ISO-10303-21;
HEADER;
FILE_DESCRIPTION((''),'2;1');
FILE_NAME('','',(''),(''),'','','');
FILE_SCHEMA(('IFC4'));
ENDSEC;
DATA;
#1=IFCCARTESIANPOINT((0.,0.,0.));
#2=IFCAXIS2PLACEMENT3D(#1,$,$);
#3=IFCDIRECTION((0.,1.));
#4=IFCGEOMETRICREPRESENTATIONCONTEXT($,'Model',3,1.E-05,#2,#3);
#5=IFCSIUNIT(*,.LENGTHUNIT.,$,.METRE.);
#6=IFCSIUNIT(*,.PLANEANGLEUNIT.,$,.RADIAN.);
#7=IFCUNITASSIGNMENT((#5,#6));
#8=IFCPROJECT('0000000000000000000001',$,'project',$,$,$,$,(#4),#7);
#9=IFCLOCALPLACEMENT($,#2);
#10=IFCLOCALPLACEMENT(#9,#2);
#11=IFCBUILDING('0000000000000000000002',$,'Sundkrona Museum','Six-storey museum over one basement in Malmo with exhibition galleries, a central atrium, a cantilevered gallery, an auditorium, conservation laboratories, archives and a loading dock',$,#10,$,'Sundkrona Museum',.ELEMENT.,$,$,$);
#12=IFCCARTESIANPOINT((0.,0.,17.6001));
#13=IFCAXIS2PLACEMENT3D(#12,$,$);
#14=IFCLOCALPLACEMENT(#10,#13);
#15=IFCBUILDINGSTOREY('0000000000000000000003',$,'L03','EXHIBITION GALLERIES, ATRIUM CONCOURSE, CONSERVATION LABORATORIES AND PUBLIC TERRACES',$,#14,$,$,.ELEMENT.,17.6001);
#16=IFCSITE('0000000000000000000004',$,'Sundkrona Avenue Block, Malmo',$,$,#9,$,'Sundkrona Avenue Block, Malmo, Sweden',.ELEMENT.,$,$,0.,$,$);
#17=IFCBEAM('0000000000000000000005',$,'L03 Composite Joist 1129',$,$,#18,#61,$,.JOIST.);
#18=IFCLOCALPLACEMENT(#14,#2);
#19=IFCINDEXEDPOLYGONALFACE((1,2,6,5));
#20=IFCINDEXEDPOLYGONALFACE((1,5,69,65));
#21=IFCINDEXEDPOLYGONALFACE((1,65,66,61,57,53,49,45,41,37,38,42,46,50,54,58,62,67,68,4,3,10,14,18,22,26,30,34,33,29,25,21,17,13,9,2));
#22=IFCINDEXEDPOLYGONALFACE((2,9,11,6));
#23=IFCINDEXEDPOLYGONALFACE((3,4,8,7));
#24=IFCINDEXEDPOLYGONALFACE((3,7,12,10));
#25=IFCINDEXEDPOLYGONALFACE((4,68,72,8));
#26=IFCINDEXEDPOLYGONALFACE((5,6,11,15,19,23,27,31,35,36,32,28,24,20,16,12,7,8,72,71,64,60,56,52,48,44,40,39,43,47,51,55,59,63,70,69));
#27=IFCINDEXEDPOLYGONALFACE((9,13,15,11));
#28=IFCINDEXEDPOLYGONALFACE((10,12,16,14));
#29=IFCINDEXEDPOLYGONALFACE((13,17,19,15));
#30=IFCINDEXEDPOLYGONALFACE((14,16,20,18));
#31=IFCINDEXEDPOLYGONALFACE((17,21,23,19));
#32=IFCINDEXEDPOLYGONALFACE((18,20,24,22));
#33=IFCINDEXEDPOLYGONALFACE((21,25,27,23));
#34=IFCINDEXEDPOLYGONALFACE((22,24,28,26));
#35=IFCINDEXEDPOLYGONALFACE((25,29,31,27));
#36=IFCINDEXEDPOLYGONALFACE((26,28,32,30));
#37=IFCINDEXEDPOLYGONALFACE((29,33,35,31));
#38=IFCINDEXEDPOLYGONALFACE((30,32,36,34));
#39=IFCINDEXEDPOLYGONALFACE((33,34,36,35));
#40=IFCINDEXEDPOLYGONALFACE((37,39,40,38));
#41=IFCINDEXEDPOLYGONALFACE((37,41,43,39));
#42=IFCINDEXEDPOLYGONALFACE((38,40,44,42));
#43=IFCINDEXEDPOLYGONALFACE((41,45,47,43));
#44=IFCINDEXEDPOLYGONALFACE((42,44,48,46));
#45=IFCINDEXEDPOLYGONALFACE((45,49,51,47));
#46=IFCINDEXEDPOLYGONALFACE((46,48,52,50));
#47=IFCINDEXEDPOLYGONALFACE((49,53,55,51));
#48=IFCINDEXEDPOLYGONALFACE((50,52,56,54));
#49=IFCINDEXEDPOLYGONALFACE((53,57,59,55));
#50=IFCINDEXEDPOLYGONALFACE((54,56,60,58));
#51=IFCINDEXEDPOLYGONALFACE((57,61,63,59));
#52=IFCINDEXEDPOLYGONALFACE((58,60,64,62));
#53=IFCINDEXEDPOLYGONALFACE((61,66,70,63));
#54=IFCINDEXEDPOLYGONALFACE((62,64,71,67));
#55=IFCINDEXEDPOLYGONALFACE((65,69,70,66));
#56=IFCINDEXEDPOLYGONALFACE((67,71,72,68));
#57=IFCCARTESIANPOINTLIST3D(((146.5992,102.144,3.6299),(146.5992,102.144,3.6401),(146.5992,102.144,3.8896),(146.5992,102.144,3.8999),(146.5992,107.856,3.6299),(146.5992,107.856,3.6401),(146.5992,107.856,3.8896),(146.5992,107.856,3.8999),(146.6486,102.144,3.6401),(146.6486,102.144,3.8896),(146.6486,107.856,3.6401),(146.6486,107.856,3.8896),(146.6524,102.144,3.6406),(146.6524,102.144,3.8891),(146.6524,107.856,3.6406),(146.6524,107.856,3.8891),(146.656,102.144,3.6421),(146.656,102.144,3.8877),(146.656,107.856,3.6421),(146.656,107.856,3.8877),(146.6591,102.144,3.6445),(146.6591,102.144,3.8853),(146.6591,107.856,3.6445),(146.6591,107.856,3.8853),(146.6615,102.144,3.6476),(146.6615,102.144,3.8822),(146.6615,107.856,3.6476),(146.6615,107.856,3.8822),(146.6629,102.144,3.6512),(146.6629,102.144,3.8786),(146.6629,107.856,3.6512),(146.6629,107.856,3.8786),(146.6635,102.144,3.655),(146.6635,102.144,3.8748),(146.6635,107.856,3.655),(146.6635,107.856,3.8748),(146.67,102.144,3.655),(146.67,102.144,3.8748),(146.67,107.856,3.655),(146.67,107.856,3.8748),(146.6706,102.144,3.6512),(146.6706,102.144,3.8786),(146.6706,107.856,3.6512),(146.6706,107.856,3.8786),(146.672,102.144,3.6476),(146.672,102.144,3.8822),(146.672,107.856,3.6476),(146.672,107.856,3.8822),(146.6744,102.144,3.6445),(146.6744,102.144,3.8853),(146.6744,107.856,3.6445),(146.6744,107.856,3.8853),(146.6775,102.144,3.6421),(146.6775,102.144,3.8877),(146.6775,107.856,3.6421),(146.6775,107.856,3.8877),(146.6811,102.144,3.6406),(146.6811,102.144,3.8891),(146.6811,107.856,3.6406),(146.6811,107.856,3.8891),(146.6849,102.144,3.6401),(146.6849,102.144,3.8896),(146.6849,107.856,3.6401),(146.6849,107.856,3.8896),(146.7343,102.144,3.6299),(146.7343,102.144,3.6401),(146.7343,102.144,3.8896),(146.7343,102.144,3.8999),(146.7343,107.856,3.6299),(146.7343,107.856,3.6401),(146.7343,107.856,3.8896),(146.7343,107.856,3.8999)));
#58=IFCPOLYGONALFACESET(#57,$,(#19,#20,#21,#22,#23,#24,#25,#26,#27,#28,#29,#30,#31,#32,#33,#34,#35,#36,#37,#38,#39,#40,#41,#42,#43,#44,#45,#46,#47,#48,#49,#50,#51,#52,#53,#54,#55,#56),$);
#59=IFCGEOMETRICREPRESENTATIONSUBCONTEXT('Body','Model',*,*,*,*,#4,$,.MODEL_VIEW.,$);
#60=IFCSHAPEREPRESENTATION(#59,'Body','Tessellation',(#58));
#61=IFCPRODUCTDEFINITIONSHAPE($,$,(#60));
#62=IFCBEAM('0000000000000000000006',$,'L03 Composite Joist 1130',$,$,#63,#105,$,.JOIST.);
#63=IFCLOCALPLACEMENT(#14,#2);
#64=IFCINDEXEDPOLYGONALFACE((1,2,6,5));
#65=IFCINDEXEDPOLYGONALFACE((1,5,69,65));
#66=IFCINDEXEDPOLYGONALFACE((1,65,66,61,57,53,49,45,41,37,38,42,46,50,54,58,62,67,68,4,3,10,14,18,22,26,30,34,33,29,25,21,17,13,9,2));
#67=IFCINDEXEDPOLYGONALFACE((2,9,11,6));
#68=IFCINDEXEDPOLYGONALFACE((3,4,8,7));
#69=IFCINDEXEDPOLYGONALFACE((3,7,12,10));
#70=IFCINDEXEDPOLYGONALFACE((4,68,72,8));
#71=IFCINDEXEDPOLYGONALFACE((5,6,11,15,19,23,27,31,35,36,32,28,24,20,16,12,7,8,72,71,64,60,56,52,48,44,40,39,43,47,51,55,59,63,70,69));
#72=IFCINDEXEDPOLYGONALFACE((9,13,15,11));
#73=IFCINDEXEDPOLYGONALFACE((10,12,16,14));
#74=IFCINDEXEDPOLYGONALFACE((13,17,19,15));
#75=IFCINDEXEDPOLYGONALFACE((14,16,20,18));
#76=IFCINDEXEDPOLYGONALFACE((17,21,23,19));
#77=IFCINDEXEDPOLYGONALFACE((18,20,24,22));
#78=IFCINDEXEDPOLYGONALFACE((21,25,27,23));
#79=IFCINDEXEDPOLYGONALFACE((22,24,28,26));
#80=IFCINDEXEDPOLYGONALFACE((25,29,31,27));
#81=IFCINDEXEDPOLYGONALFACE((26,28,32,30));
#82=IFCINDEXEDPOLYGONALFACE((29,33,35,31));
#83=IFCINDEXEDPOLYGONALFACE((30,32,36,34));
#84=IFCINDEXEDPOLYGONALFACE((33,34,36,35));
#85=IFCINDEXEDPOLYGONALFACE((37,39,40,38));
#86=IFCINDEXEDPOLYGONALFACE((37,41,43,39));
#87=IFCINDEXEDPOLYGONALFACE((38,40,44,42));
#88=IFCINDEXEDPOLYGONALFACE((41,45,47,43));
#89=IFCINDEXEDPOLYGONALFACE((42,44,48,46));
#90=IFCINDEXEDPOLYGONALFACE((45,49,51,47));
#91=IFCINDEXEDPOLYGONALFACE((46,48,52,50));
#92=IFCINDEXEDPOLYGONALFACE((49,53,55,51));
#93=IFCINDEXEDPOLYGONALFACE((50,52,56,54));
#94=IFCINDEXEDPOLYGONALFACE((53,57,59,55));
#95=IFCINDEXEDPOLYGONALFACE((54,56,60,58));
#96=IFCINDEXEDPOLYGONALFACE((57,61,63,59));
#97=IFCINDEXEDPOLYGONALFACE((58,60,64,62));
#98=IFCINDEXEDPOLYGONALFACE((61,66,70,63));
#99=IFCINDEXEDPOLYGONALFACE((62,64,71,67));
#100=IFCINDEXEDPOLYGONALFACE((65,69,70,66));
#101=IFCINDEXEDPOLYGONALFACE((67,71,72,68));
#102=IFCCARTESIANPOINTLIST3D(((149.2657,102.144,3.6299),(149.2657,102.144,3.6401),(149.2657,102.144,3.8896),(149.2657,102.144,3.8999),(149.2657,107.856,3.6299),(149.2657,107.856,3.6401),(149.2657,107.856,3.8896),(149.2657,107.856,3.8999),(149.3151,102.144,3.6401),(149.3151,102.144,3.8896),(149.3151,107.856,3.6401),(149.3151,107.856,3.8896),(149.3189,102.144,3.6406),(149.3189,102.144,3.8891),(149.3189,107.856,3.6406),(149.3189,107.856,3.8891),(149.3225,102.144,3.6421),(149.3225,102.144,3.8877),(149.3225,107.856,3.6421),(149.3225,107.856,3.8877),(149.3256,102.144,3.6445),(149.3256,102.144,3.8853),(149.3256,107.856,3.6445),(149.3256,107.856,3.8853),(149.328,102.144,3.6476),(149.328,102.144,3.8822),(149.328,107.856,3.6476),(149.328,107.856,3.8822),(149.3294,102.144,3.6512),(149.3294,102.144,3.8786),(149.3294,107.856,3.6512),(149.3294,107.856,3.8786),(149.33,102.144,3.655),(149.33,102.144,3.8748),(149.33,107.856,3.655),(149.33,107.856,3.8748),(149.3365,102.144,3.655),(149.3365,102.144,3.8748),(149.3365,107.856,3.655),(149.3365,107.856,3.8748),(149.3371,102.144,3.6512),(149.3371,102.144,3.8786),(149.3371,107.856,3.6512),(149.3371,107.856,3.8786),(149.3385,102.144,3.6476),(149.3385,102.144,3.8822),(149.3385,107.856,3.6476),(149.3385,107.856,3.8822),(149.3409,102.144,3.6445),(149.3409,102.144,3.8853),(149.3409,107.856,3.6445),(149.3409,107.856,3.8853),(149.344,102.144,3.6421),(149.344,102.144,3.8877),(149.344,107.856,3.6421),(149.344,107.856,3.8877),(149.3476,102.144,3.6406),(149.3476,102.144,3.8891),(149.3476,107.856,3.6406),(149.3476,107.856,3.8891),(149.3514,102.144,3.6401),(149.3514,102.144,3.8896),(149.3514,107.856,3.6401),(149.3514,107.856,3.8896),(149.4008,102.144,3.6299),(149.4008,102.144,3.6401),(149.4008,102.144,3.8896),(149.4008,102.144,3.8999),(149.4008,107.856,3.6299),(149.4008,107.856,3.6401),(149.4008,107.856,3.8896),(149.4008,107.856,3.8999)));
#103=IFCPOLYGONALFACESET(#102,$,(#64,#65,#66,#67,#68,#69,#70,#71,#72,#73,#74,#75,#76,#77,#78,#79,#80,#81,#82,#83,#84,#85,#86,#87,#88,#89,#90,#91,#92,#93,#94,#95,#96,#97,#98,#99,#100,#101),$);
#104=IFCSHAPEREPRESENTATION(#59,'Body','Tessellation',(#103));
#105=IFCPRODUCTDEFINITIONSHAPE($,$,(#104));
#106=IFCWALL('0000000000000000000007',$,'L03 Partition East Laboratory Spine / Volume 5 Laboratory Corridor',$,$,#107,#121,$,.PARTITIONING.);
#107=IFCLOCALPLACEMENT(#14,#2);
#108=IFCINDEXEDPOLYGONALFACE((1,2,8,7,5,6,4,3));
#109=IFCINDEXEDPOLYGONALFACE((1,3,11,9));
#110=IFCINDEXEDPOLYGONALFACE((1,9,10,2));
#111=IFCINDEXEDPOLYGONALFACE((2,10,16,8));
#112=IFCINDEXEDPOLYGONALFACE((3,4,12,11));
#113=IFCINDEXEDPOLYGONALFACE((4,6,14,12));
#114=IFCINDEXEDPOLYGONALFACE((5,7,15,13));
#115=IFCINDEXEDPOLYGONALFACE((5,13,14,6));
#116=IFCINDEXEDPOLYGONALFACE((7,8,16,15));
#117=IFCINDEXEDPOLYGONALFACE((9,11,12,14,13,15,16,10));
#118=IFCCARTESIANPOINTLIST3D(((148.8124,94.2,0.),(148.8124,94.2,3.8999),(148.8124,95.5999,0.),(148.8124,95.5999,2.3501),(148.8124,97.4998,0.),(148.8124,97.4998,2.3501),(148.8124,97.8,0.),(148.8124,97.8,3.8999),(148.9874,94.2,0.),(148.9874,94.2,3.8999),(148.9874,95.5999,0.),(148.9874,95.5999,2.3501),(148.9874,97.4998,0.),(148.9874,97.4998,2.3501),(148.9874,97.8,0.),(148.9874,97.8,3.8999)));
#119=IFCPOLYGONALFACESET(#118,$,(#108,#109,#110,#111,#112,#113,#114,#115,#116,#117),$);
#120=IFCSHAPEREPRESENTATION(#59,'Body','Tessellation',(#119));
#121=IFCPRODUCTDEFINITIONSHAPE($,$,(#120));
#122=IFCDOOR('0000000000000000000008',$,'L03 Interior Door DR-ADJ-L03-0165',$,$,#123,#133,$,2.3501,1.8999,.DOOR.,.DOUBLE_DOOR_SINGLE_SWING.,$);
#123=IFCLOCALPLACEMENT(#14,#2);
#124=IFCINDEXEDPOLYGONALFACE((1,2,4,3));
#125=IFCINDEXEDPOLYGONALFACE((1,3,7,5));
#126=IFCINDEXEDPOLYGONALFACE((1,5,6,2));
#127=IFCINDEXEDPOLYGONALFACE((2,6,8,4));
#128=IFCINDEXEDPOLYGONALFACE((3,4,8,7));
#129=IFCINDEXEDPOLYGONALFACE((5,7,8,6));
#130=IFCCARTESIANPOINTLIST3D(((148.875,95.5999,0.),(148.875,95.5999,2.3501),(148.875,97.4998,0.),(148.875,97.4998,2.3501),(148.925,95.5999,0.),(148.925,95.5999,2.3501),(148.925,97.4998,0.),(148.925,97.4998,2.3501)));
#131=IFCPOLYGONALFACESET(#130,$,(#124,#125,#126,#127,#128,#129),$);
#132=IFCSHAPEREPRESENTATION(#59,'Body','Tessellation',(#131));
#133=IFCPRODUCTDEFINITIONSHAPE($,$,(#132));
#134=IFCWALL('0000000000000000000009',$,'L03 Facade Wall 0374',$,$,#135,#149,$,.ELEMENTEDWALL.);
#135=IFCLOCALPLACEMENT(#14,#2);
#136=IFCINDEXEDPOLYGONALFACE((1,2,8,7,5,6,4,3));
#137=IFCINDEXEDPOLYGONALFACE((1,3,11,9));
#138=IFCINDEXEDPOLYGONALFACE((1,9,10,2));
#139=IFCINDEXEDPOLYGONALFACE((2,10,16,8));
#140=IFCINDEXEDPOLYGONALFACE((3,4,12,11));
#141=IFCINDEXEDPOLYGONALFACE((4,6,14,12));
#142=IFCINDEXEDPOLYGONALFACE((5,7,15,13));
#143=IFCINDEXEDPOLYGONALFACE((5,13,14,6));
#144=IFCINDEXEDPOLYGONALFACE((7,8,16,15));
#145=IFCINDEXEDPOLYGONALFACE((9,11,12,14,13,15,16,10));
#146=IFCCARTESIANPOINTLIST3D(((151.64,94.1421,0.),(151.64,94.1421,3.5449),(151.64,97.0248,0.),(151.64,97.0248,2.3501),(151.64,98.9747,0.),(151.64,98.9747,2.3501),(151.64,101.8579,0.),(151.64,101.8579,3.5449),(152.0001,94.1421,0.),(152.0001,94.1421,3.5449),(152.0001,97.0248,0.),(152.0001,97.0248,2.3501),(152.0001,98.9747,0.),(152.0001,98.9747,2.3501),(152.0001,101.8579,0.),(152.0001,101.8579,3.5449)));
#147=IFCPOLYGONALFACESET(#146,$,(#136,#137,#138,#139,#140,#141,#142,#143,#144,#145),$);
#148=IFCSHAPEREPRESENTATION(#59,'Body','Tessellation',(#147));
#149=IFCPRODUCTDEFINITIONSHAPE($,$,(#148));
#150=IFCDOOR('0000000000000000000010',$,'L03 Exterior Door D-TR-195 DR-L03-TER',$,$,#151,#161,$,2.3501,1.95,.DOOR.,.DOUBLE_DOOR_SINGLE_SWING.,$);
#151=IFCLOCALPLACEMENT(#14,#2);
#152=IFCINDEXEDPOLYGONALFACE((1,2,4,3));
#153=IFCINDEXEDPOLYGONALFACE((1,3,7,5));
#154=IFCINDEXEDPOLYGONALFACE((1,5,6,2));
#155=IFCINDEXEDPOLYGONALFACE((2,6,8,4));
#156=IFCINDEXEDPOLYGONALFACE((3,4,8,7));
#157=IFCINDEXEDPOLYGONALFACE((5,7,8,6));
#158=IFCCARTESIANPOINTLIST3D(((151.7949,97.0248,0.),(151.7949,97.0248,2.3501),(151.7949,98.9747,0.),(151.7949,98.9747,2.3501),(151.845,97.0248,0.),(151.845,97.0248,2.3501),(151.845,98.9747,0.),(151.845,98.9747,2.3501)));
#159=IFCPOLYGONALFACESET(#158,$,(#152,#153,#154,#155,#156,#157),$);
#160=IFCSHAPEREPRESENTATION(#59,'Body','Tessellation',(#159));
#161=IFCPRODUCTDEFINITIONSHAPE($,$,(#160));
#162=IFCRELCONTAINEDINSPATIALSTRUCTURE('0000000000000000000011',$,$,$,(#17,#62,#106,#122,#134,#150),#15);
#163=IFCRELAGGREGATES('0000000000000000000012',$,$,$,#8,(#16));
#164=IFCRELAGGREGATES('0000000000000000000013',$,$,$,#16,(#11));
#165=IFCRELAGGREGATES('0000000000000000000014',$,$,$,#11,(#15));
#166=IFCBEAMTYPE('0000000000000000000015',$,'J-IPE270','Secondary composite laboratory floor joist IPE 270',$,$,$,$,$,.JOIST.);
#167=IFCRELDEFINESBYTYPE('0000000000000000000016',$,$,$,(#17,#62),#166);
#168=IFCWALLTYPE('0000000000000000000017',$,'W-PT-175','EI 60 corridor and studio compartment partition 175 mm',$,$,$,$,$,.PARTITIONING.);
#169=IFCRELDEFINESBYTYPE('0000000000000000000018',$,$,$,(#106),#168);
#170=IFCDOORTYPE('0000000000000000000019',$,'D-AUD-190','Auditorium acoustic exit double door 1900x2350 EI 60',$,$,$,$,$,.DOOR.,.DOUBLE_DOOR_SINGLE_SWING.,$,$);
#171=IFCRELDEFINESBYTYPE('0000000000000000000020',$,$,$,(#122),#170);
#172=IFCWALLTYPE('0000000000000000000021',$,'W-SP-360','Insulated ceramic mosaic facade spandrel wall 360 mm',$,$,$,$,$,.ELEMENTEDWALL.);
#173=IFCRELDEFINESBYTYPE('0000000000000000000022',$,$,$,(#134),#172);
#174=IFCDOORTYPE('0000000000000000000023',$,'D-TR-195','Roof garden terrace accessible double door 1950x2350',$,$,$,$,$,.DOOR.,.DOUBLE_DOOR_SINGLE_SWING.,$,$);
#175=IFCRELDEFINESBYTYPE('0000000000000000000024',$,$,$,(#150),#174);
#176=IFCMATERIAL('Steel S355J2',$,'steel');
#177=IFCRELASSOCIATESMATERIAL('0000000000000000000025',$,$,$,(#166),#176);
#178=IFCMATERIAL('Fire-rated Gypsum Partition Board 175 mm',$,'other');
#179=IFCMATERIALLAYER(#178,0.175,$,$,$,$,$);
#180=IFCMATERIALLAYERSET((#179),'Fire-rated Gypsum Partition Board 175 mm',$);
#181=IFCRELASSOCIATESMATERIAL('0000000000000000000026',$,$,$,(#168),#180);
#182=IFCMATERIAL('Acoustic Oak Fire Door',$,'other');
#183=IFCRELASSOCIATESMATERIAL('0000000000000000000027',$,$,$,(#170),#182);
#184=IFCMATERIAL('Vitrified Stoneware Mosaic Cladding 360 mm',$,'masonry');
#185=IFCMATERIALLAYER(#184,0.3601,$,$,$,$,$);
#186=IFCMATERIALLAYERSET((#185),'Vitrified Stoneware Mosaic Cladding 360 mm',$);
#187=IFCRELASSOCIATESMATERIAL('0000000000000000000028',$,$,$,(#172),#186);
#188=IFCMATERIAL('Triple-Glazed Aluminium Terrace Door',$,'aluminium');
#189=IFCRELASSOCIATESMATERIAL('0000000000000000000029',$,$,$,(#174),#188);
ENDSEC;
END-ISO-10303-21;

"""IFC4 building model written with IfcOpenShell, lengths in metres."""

from ifc_helpers import new_model, si_unit, direction, frame, frame_2d, origin, origin_2d, place, context, subcontext, project, spatial, rectangle, i_section, extrude, material, layer, layer_set, material_profile, profile_set, type_object, element, fill, save


model = new_model("IFC4")

# Units and contexts
model_context = context("Model", 3, precision=1e-05, world=origin(), true_north=direction((0.0, 1.0)))
body_context = subcontext(model_context, "Body", "Model", "MODEL_VIEW")
ifc_project = project(units=[si_unit("LENGTHUNIT", "METRE"), si_unit("PLANEANGLEUNIT", "RADIAN")], contexts=[model_context])

# Site, building, storey
site_placement = place(None, origin())
site = spatial("IfcSite", under=ifc_project, at=site_placement, Name="Sundkrona Avenue Block, Malmo", LongName="Sundkrona Avenue Block, Malmo, Sweden", CompositionType="ELEMENT", RefElevation=0.0)
building_placement = place(site_placement, origin())
building = spatial("IfcBuilding", under=site, at=building_placement, Name="Sundkrona Museum", Description="Six-storey museum over one basement in Malmo with exhibition galleries, a central atrium, a cantilevered gallery, an auditorium, conservation laboratories, archives and a loading dock", LongName="Sundkrona Museum", CompositionType="ELEMENT")
storey_placement = place(building_placement, frame((0.0, 0.0, 17.6001)))
storey = spatial("IfcBuildingStorey", under=building, at=storey_placement, Name="L03", Description="EXHIBITION GALLERIES, ATRIUM CONCOURSE, CONSERVATION LABORATORIES AND PUBLIC TERRACES", CompositionType="ELEMENT", Elevation=17.6001)

# Shared definitions
ifc_material_1 = material(Name="Steel S355J2", Category="steel")

# Beams
ifc_material_profile_1 = material_profile(ifc_material_1, i_section(OverallWidth=0.135, OverallDepth=0.27, WebThickness=0.0066, FlangeThickness=0.0103, FilletRadius=0.0149, at=origin_2d()), Name="IPE 270")
ifc_profile_set_1 = profile_set([ifc_material_profile_1], Name="Steel S355J2")
beam_type_1 = type_object("IfcBeamType", Name="J-IPE270", Description="Secondary composite laboratory floor joist IPE 270", PredefinedType="JOIST", material=ifc_profile_set_1)
for number, where, z_axis, x_axis, name in (
    (1, (146.6667, 102.144, 3.7649), (0.0, 1.0, 0.0), (-1.0, 0.0, 0.0), "L03 Composite Joist 1129"),
    (2, (149.3333, 102.144, 3.7649), (0.0, 1.0, 0.0), (-1.0, 0.0, 0.0), "L03 Composite Joist 1130"),
):
    element("IfcBeam", number, at=place(storey_placement, frame(where, z_axis=z_axis, x_axis=x_axis)), inside=storey, type_object=beam_type_1, Name=name, PredefinedType="JOIST", context=body_context, shape_type="SweptSolid", body=[
        extrude(i_section(OverallWidth=0.135, OverallDepth=0.27, WebThickness=0.0066, FlangeThickness=0.0103, FilletRadius=0.0149, at=origin_2d()), origin(), (0.0, 0.0, 1.0), 5.7119),
    ])

# Walls, openings, doors
ifc_material_2 = material(Name="Fire-rated Gypsum Partition Board 175 mm", Category="other")
ifc_layer_1 = layer(ifc_material_2, 0.175)
ifc_layer_set_1 = layer_set([ifc_layer_1], Name="Fire-rated Gypsum Partition Board 175 mm")
wall_type_1 = type_object("IfcWallType", Name="W-PT-175", Description="EI 60 corridor and studio compartment partition 175 mm", PredefinedType="PARTITIONING", material=ifc_layer_set_1)
wall_1_placement = place(storey_placement, frame((148.8999, 94.2, 0.0), z_axis=(0.0, 0.0, 1.0), x_axis=(0.0, 1.0, 0.0)))
wall_1 = element("IfcWall", 3, at=wall_1_placement, inside=storey, type_object=wall_type_1, Name="L03 Partition East Laboratory Spine / Volume 5 Laboratory Corridor", PredefinedType="PARTITIONING", context=body_context, shape_type="SweptSolid", body=[
    extrude(rectangle(XDim=3.6001, YDim=0.175, at=frame_2d((1.8, 0.0))), origin(), (0.0, 0.0, 1.0), 3.8999),
])
opening_1_placement = place(wall_1_placement, frame((1.3999, 0.0, 0.0)))
opening_1 = element("IfcOpeningElement", 4, at=opening_1_placement, cuts=wall_1, PredefinedType="OPENING", context=body_context, shape_type="SweptSolid", body=[
    extrude(rectangle(XDim=1.8999, YDim=2.3501, at=frame_2d((0.95, 1.175))), frame((0.0, 0.0974, 0.0), z_axis=(0.0, -1.0, 0.0), x_axis=(1.0, 0.0, 0.0)), (0.0, 0.0, 1.0), 0.1951),
])
ifc_material_3 = material(Name="Acoustic Oak Fire Door", Category="other")
door_type_1 = type_object("IfcDoorType", Name="D-AUD-190", Description="Auditorium acoustic exit double door 1900x2350 EI 60", OperationType="DOUBLE_DOOR_SINGLE_SWING", PredefinedType="DOOR", material=ifc_material_3)
door_1_placement = place(opening_1_placement, origin())
door_1 = element("IfcDoor", 5, at=door_1_placement, inside=storey, type_object=door_type_1, Name="L03 Interior Door DR-ADJ-L03-0165", OperationType="DOUBLE_DOOR_SINGLE_SWING", OverallHeight=2.3501, OverallWidth=1.8999, PredefinedType="DOOR", context=body_context, shape_type="SweptSolid", body=[
    extrude(rectangle(XDim=1.8999, YDim=2.3501, at=frame_2d((0.95, 1.175))), frame((0.0, 0.0249, 0.0), z_axis=(0.0, -1.0, 0.0), x_axis=(1.0, 0.0, 0.0)), (0.0, 0.0, 1.0), 0.05),
])
fill(opening_1, door_1)
ifc_material_4 = material(Name="Vitrified Stoneware Mosaic Cladding 360 mm", Category="masonry")
ifc_layer_2 = layer(ifc_material_4, 0.3601)
ifc_layer_set_2 = layer_set([ifc_layer_2], Name="Vitrified Stoneware Mosaic Cladding 360 mm")
wall_type_2 = type_object("IfcWallType", Name="W-SP-360", Description="Insulated ceramic mosaic facade spandrel wall 360 mm", PredefinedType="ELEMENTEDWALL", material=ifc_layer_set_2)
wall_2_placement = place(storey_placement, frame((151.8201, 101.8579, 0.0), z_axis=(0.0, 0.0, 1.0), x_axis=(0.0, -1.0, 0.0)))
wall_2 = element("IfcWall", 6, at=wall_2_placement, inside=storey, type_object=wall_type_2, Name="L03 Facade Wall 0374", PredefinedType="ELEMENTEDWALL", context=body_context, shape_type="SweptSolid", body=[
    extrude(rectangle(XDim=7.7158, YDim=0.3601, at=frame_2d((3.8579, 0.0))), origin(), (0.0, 0.0, 1.0), 3.5449),
])
opening_2_placement = place(wall_2_placement, frame((2.8831, 0.0, 0.0)))
opening_2 = element("IfcOpeningElement", 7, at=opening_2_placement, cuts=wall_2, PredefinedType="OPENING", context=body_context, shape_type="SweptSolid", body=[
    extrude(rectangle(XDim=1.95, YDim=2.3501, at=frame_2d((0.9751, 1.175))), frame((0.0, 0.1899, 0.0), z_axis=(0.0, -1.0, 0.0), x_axis=(1.0, 0.0, 0.0)), (0.0, 0.0, 1.0), 0.3801),
])
ifc_material_5 = material(Name="Triple-Glazed Aluminium Terrace Door", Category="aluminium")
door_type_2 = type_object("IfcDoorType", Name="D-TR-195", Description="Roof garden terrace accessible double door 1950x2350", OperationType="DOUBLE_DOOR_SINGLE_SWING", PredefinedType="DOOR", material=ifc_material_5)
door_2_placement = place(opening_2_placement, origin())
door_2 = element("IfcDoor", 8, at=door_2_placement, inside=storey, type_object=door_type_2, Name="L03 Exterior Door D-TR-195 DR-L03-TER", OperationType="DOUBLE_DOOR_SINGLE_SWING", OverallHeight=2.3501, OverallWidth=1.95, PredefinedType="DOOR", context=body_context, shape_type="SweptSolid", body=[
    extrude(rectangle(XDim=1.95, YDim=2.3501, at=frame_2d((0.9751, 1.175))), frame((0.0, 0.0249, 0.0), z_axis=(0.0, -1.0, 0.0), x_axis=(1.0, 0.0, 0.0)), (0.0, 0.0, 1.0), 0.05),
])
fill(opening_2, door_2)

save(model, "model.ifc")
